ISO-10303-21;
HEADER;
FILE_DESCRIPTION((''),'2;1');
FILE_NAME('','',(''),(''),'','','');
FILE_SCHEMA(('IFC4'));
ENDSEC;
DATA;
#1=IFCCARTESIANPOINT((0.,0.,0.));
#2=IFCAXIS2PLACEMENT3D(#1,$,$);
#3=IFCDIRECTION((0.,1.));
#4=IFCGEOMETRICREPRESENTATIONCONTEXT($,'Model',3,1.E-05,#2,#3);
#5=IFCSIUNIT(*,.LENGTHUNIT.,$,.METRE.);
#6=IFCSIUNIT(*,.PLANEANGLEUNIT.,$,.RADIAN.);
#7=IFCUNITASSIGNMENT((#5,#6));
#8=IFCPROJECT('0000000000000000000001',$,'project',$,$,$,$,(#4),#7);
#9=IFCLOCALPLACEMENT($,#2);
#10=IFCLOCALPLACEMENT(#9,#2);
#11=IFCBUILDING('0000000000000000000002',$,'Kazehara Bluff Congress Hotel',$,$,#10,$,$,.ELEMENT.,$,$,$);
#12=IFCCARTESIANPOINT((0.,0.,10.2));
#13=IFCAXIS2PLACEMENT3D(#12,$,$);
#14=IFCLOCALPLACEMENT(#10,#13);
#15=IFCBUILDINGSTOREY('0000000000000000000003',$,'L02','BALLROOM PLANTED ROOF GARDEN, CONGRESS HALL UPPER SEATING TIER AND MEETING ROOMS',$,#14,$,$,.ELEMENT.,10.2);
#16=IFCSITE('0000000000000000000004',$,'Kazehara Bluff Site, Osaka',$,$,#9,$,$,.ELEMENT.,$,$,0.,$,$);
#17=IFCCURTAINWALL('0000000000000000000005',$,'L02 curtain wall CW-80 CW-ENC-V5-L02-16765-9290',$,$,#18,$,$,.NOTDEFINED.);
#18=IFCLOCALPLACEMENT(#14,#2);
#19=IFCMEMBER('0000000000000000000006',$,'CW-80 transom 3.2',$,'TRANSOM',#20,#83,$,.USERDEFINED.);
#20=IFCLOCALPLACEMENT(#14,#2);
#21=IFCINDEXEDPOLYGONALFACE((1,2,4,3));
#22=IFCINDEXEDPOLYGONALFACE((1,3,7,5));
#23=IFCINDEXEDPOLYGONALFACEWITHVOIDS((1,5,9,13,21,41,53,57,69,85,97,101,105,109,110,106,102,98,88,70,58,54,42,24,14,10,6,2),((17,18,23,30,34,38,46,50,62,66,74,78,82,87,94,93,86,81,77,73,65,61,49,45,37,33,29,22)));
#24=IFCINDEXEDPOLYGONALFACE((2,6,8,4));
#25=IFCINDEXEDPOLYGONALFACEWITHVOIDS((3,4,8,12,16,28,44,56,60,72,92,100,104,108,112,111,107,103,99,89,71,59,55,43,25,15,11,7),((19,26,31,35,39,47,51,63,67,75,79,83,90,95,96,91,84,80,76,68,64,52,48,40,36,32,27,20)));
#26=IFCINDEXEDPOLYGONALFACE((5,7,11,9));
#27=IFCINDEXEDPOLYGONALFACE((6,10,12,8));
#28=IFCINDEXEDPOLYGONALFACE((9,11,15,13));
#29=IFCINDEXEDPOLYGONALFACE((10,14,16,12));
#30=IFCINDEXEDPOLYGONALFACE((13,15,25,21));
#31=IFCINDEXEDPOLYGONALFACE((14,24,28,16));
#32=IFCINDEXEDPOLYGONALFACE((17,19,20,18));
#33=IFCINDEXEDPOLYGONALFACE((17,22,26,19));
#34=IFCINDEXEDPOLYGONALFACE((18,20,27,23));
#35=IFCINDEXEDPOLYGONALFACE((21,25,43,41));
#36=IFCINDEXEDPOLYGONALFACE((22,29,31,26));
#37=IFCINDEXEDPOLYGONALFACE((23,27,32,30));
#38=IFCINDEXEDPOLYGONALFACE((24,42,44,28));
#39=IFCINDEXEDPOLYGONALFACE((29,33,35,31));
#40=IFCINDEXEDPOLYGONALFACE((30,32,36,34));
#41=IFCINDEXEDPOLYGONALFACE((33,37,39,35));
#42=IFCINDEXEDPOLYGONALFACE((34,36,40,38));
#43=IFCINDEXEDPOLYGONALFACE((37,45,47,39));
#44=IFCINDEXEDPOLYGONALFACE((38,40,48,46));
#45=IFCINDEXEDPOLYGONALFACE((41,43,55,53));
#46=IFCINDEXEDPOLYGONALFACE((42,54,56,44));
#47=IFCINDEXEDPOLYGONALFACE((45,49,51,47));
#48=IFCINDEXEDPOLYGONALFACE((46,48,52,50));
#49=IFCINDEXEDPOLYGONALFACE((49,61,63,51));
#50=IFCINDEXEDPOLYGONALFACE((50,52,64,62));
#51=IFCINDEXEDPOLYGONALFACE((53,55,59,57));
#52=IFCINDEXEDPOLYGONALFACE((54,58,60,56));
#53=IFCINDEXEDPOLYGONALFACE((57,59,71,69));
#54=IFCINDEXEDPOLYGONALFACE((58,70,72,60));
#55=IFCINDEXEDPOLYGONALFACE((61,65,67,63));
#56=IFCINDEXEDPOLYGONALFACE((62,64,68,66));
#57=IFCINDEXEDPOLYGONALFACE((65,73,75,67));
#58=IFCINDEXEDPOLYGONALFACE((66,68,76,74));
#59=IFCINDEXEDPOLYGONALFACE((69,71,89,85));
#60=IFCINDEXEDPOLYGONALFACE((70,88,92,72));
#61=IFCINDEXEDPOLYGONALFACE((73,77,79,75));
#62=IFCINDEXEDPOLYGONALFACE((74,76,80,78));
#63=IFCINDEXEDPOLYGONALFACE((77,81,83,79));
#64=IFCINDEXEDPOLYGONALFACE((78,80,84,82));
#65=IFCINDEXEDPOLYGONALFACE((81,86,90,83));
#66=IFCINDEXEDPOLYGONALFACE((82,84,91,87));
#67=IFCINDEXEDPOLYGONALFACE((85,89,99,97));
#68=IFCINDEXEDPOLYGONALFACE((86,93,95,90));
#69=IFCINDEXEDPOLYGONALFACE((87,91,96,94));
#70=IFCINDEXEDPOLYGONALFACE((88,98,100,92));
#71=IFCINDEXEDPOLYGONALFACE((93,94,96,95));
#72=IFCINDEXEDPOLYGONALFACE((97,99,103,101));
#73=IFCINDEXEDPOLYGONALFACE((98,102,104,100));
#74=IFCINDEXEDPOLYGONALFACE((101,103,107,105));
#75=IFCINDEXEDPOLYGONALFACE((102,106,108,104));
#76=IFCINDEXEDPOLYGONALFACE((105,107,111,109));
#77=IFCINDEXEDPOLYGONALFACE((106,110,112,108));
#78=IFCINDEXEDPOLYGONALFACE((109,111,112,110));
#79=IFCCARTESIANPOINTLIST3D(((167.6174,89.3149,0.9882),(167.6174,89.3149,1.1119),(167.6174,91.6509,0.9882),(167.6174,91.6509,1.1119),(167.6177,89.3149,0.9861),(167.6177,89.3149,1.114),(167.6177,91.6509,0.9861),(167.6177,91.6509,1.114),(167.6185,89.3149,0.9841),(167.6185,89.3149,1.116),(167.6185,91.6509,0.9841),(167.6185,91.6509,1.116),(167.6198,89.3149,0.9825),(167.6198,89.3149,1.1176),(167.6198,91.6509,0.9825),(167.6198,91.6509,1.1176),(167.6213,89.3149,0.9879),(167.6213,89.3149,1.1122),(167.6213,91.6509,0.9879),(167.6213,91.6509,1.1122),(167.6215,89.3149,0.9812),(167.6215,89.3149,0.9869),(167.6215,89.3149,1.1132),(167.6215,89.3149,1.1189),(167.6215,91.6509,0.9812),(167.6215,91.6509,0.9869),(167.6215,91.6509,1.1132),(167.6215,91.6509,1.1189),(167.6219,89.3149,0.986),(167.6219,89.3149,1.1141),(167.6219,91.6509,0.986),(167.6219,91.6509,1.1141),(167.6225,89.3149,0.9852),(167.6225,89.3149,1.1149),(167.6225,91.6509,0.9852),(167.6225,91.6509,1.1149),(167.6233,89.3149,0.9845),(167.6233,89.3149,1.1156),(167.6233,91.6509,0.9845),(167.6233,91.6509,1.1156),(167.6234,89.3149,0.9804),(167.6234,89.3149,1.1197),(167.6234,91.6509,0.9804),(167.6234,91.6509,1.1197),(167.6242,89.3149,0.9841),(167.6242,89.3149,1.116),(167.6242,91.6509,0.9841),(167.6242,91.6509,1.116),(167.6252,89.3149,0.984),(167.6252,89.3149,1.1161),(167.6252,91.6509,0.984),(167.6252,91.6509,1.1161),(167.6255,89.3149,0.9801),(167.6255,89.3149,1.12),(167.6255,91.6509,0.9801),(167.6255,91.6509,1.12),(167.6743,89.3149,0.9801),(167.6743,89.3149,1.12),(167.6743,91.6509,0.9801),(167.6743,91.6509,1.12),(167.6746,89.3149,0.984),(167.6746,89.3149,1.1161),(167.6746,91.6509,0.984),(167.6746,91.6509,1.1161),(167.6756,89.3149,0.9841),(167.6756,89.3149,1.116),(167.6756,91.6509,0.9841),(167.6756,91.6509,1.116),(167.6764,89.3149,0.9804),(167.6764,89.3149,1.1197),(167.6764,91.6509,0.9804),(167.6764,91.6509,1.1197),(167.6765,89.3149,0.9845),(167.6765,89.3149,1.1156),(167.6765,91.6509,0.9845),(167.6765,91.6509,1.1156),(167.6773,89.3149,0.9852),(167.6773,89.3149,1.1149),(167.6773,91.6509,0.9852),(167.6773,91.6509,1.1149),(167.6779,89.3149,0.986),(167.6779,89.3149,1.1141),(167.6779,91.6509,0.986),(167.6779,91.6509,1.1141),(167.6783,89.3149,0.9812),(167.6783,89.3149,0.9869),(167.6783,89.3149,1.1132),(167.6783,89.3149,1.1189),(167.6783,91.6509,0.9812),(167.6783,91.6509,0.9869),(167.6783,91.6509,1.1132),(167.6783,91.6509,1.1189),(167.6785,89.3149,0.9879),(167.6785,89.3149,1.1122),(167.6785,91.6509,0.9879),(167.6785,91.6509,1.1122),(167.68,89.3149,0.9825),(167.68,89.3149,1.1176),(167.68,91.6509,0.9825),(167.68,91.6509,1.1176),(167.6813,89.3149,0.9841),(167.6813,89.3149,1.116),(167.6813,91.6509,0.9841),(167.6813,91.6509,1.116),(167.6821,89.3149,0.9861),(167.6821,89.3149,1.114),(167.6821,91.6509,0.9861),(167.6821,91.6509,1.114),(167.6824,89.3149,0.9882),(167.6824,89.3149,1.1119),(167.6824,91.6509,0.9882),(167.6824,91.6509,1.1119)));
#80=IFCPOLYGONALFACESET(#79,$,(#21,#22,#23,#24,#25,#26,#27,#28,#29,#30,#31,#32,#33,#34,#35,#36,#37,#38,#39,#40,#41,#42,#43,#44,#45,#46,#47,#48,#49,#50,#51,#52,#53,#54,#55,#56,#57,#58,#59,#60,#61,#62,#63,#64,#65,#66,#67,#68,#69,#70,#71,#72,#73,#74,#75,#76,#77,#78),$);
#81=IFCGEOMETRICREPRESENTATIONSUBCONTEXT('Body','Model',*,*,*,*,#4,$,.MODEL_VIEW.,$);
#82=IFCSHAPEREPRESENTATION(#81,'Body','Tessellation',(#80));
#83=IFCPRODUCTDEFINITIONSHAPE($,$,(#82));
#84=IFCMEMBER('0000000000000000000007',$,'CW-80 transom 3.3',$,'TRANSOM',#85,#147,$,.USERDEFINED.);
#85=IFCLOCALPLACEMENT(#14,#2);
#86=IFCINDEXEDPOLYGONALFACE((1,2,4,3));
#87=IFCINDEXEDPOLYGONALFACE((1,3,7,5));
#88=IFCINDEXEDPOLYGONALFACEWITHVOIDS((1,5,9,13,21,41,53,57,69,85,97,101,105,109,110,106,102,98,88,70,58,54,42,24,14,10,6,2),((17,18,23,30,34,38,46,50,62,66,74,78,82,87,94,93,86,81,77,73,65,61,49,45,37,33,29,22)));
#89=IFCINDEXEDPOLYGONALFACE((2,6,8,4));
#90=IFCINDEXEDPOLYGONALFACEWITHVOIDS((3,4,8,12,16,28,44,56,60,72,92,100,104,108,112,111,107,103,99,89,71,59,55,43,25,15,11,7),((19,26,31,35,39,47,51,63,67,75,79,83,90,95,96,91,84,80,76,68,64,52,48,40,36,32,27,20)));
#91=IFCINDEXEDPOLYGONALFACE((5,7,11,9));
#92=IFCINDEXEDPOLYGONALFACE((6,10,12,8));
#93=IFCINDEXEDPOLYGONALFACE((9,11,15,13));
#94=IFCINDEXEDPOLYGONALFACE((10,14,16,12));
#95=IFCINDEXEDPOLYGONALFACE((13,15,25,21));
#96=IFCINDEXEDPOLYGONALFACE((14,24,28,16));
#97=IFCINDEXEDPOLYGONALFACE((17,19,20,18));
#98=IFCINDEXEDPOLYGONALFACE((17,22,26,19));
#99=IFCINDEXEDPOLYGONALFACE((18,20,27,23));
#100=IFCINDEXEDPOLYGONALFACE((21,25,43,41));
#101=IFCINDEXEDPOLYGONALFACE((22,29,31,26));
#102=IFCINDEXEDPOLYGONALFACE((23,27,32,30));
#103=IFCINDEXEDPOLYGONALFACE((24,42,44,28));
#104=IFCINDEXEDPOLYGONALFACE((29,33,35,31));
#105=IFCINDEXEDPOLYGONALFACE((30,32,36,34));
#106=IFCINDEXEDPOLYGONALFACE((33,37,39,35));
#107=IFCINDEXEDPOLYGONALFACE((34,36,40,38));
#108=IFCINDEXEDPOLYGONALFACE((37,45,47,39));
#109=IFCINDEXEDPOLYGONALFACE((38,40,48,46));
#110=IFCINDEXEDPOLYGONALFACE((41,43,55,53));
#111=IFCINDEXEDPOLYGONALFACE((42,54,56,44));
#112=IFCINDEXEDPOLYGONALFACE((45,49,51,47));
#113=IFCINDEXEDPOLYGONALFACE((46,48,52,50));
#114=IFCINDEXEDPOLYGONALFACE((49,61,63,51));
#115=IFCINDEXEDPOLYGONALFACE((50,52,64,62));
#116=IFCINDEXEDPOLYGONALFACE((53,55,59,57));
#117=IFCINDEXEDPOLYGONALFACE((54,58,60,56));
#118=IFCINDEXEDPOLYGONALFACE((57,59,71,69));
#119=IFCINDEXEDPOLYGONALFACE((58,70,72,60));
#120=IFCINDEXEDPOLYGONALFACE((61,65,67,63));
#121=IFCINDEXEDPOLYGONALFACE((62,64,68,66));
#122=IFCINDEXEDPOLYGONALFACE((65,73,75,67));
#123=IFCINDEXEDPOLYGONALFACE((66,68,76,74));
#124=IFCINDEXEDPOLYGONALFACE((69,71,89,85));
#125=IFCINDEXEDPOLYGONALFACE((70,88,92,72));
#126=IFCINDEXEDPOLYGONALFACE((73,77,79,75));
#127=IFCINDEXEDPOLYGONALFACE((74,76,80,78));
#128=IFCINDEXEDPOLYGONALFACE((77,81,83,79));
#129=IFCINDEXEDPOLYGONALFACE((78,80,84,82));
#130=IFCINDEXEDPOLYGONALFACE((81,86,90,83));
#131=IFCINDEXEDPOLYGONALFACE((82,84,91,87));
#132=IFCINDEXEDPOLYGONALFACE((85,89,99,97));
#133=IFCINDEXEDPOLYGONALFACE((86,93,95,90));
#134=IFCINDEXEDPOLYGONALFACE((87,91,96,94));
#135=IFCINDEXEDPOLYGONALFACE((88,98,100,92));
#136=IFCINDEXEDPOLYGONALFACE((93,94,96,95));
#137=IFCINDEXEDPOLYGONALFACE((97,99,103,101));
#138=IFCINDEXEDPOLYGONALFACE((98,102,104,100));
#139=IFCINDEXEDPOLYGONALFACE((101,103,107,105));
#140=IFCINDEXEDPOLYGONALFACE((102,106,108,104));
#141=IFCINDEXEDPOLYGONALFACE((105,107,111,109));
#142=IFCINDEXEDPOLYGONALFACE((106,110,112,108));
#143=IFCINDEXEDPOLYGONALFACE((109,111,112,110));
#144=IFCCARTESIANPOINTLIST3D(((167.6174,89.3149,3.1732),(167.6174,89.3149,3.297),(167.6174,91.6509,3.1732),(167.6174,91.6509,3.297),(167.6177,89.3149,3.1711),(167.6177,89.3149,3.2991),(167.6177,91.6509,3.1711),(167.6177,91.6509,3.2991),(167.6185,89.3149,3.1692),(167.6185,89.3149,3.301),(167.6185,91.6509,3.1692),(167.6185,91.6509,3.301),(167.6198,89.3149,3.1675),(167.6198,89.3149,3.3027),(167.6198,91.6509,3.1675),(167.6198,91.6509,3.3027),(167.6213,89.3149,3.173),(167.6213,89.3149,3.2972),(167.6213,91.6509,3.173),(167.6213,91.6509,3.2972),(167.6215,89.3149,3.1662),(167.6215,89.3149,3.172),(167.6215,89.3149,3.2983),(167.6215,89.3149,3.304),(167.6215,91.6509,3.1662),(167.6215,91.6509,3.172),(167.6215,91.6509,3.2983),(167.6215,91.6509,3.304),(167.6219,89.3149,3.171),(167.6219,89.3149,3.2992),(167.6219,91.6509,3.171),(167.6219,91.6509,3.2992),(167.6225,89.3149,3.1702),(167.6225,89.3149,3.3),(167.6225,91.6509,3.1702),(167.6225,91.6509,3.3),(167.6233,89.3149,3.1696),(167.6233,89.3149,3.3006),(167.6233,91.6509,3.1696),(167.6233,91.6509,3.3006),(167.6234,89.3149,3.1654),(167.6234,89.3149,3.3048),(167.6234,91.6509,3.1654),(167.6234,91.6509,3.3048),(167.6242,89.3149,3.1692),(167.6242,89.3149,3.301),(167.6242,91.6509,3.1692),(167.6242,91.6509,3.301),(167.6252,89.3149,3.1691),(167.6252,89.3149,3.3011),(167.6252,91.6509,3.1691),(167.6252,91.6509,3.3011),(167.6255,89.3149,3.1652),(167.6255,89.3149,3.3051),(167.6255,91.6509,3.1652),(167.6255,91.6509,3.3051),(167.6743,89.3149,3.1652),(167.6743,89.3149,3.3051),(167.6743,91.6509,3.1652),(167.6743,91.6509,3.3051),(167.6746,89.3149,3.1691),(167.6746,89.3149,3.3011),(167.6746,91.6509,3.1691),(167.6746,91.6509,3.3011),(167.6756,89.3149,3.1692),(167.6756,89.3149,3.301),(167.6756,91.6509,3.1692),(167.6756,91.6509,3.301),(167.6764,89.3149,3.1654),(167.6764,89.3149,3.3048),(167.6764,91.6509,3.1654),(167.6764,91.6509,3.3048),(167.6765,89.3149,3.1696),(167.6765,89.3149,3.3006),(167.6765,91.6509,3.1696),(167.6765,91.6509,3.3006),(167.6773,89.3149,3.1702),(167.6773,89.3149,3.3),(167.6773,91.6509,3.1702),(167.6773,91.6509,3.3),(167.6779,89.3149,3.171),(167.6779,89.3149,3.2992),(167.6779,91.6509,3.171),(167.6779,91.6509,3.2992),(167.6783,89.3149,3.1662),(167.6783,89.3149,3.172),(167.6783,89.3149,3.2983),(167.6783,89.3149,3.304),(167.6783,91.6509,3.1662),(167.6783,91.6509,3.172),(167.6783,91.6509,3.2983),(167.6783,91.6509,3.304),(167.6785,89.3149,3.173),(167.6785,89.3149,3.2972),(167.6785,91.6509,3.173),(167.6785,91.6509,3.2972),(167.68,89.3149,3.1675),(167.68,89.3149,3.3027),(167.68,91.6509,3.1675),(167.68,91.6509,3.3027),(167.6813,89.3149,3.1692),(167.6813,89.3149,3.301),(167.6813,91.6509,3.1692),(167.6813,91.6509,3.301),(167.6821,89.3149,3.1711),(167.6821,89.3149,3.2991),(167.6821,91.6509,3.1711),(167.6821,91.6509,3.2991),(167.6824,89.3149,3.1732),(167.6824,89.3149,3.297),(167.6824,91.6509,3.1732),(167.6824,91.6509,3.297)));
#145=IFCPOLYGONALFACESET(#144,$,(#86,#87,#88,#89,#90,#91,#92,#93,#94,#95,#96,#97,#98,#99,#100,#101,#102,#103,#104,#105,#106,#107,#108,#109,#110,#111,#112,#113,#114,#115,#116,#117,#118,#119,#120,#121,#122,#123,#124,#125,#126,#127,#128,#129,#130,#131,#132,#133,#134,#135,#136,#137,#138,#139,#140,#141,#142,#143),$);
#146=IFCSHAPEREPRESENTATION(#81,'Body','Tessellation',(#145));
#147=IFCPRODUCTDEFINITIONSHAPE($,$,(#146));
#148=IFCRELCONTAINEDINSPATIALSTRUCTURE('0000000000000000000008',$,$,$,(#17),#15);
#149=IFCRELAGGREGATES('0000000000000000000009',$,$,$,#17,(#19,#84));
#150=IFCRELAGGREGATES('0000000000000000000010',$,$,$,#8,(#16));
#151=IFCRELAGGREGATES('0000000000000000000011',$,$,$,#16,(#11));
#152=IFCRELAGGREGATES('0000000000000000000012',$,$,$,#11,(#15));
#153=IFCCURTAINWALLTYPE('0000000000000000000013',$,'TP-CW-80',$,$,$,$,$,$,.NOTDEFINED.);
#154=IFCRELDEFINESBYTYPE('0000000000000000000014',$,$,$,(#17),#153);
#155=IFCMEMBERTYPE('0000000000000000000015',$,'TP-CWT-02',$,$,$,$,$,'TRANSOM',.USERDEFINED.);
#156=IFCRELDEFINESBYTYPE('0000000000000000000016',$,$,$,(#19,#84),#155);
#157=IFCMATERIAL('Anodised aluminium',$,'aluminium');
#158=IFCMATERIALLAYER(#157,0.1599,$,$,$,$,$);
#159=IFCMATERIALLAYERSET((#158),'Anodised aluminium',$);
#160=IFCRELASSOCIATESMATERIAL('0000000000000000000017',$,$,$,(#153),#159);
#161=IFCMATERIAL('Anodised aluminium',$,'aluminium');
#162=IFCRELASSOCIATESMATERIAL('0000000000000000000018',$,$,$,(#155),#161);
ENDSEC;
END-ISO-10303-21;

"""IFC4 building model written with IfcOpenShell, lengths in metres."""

from ifc_helpers import new_model, si_unit, direction, frame, origin, origin_2d, place, context, subcontext, project, spatial, hollow_rectangle, extrude, material, layer, layer_set, material_profile, profile_set, type_object, element, aggregate, save


model = new_model("IFC4")

# Units and contexts
model_context = context("Model", 3, precision=1e-05, world=origin(), true_north=direction((0.0, 1.0)))
body_context = subcontext(model_context, "Body", "Model", "MODEL_VIEW")
ifc_project = project(units=[si_unit("LENGTHUNIT", "METRE"), si_unit("PLANEANGLEUNIT", "RADIAN")], contexts=[model_context])

# Site, building, storey
site_placement = place(None, origin())
site = spatial("IfcSite", under=ifc_project, at=site_placement, Name="Kazehara Bluff Site, Osaka", CompositionType="ELEMENT", RefElevation=0.0)
building_placement = place(site_placement, origin())
building = spatial("IfcBuilding", under=site, at=building_placement, Name="Kazehara Bluff Congress Hotel", CompositionType="ELEMENT")
storey_placement = place(building_placement, frame((0.0, 0.0, 10.2)))
storey = spatial("IfcBuildingStorey", under=building, at=storey_placement, Name="L02", Description="BALLROOM PLANTED ROOF GARDEN, CONGRESS HALL UPPER SEATING TIER AND MEETING ROOMS", CompositionType="ELEMENT", Elevation=10.2)

# Curtain wall, members
ifc_material_1 = material(Name="Anodised aluminium", Category="aluminium")
ifc_layer_1 = layer(ifc_material_1, 0.1599)
ifc_layer_set_1 = layer_set([ifc_layer_1], Name="Anodised aluminium")
curtain_wall_type = type_object("IfcCurtainWallType", Name="TP-CW-80", PredefinedType="NOTDEFINED", material=ifc_layer_set_1)
curtain_wall_placement = place(storey_placement, origin())
curtain_wall = element("IfcCurtainWall", 1, at=curtain_wall_placement, inside=storey, type_object=curtain_wall_type, Name="L02 curtain wall CW-80 CW-ENC-V5-L02-16765-9290", PredefinedType="NOTDEFINED")
ifc_material_2 = material(Name="Anodised aluminium", Category="aluminium")
ifc_material_profile_1 = material_profile(ifc_material_2, hollow_rectangle(XDim=0.0649, YDim=0.1399, WallThickness=0.0039, InnerFilletRadius=0.0039, OuterFilletRadius=0.0081, at=origin_2d()))
ifc_profile_set_1 = profile_set([ifc_material_profile_1], Name="Anodised aluminium")
member_type_1 = type_object("IfcMemberType", Name="TP-CWT-02", ElementType="TRANSOM", PredefinedType="USERDEFINED", material=ifc_profile_set_1)
member_1_placement = place(storey_placement, frame((167.6499, 91.6509, 1.05), z_axis=(0.0, -1.0, 0.0), x_axis=(1.0, 0.0, 0.0)))
member_1 = element("IfcMember", 2, at=member_1_placement, type_object=member_type_1, Name="CW-80 transom 3.2", ObjectType="TRANSOM", PredefinedType="USERDEFINED", context=body_context, shape_type="SweptSolid", body=[
    extrude(hollow_rectangle(XDim=0.0649, YDim=0.1399, WallThickness=0.0039, InnerFilletRadius=0.0039, OuterFilletRadius=0.0081, at=origin_2d()), origin(), (0.0, 0.0, 1.0), 2.3359),
])
member_2_placement = place(storey_placement, frame((167.6499, 91.6509, 3.2351), z_axis=(0.0, -1.0, 0.0), x_axis=(1.0, 0.0, 0.0)))
member_2 = element("IfcMember", 3, at=member_2_placement, type_object=member_type_1, Name="CW-80 transom 3.3", ObjectType="TRANSOM", PredefinedType="USERDEFINED", context=body_context, shape_type="SweptSolid", body=[
    extrude(hollow_rectangle(XDim=0.0649, YDim=0.1399, WallThickness=0.0039, InnerFilletRadius=0.0039, OuterFilletRadius=0.0081, at=origin_2d()), origin(), (0.0, 0.0, 1.0), 2.3359),
])

aggregate(curtain_wall, [member_1, member_2])

save(model, "model.ifc")
